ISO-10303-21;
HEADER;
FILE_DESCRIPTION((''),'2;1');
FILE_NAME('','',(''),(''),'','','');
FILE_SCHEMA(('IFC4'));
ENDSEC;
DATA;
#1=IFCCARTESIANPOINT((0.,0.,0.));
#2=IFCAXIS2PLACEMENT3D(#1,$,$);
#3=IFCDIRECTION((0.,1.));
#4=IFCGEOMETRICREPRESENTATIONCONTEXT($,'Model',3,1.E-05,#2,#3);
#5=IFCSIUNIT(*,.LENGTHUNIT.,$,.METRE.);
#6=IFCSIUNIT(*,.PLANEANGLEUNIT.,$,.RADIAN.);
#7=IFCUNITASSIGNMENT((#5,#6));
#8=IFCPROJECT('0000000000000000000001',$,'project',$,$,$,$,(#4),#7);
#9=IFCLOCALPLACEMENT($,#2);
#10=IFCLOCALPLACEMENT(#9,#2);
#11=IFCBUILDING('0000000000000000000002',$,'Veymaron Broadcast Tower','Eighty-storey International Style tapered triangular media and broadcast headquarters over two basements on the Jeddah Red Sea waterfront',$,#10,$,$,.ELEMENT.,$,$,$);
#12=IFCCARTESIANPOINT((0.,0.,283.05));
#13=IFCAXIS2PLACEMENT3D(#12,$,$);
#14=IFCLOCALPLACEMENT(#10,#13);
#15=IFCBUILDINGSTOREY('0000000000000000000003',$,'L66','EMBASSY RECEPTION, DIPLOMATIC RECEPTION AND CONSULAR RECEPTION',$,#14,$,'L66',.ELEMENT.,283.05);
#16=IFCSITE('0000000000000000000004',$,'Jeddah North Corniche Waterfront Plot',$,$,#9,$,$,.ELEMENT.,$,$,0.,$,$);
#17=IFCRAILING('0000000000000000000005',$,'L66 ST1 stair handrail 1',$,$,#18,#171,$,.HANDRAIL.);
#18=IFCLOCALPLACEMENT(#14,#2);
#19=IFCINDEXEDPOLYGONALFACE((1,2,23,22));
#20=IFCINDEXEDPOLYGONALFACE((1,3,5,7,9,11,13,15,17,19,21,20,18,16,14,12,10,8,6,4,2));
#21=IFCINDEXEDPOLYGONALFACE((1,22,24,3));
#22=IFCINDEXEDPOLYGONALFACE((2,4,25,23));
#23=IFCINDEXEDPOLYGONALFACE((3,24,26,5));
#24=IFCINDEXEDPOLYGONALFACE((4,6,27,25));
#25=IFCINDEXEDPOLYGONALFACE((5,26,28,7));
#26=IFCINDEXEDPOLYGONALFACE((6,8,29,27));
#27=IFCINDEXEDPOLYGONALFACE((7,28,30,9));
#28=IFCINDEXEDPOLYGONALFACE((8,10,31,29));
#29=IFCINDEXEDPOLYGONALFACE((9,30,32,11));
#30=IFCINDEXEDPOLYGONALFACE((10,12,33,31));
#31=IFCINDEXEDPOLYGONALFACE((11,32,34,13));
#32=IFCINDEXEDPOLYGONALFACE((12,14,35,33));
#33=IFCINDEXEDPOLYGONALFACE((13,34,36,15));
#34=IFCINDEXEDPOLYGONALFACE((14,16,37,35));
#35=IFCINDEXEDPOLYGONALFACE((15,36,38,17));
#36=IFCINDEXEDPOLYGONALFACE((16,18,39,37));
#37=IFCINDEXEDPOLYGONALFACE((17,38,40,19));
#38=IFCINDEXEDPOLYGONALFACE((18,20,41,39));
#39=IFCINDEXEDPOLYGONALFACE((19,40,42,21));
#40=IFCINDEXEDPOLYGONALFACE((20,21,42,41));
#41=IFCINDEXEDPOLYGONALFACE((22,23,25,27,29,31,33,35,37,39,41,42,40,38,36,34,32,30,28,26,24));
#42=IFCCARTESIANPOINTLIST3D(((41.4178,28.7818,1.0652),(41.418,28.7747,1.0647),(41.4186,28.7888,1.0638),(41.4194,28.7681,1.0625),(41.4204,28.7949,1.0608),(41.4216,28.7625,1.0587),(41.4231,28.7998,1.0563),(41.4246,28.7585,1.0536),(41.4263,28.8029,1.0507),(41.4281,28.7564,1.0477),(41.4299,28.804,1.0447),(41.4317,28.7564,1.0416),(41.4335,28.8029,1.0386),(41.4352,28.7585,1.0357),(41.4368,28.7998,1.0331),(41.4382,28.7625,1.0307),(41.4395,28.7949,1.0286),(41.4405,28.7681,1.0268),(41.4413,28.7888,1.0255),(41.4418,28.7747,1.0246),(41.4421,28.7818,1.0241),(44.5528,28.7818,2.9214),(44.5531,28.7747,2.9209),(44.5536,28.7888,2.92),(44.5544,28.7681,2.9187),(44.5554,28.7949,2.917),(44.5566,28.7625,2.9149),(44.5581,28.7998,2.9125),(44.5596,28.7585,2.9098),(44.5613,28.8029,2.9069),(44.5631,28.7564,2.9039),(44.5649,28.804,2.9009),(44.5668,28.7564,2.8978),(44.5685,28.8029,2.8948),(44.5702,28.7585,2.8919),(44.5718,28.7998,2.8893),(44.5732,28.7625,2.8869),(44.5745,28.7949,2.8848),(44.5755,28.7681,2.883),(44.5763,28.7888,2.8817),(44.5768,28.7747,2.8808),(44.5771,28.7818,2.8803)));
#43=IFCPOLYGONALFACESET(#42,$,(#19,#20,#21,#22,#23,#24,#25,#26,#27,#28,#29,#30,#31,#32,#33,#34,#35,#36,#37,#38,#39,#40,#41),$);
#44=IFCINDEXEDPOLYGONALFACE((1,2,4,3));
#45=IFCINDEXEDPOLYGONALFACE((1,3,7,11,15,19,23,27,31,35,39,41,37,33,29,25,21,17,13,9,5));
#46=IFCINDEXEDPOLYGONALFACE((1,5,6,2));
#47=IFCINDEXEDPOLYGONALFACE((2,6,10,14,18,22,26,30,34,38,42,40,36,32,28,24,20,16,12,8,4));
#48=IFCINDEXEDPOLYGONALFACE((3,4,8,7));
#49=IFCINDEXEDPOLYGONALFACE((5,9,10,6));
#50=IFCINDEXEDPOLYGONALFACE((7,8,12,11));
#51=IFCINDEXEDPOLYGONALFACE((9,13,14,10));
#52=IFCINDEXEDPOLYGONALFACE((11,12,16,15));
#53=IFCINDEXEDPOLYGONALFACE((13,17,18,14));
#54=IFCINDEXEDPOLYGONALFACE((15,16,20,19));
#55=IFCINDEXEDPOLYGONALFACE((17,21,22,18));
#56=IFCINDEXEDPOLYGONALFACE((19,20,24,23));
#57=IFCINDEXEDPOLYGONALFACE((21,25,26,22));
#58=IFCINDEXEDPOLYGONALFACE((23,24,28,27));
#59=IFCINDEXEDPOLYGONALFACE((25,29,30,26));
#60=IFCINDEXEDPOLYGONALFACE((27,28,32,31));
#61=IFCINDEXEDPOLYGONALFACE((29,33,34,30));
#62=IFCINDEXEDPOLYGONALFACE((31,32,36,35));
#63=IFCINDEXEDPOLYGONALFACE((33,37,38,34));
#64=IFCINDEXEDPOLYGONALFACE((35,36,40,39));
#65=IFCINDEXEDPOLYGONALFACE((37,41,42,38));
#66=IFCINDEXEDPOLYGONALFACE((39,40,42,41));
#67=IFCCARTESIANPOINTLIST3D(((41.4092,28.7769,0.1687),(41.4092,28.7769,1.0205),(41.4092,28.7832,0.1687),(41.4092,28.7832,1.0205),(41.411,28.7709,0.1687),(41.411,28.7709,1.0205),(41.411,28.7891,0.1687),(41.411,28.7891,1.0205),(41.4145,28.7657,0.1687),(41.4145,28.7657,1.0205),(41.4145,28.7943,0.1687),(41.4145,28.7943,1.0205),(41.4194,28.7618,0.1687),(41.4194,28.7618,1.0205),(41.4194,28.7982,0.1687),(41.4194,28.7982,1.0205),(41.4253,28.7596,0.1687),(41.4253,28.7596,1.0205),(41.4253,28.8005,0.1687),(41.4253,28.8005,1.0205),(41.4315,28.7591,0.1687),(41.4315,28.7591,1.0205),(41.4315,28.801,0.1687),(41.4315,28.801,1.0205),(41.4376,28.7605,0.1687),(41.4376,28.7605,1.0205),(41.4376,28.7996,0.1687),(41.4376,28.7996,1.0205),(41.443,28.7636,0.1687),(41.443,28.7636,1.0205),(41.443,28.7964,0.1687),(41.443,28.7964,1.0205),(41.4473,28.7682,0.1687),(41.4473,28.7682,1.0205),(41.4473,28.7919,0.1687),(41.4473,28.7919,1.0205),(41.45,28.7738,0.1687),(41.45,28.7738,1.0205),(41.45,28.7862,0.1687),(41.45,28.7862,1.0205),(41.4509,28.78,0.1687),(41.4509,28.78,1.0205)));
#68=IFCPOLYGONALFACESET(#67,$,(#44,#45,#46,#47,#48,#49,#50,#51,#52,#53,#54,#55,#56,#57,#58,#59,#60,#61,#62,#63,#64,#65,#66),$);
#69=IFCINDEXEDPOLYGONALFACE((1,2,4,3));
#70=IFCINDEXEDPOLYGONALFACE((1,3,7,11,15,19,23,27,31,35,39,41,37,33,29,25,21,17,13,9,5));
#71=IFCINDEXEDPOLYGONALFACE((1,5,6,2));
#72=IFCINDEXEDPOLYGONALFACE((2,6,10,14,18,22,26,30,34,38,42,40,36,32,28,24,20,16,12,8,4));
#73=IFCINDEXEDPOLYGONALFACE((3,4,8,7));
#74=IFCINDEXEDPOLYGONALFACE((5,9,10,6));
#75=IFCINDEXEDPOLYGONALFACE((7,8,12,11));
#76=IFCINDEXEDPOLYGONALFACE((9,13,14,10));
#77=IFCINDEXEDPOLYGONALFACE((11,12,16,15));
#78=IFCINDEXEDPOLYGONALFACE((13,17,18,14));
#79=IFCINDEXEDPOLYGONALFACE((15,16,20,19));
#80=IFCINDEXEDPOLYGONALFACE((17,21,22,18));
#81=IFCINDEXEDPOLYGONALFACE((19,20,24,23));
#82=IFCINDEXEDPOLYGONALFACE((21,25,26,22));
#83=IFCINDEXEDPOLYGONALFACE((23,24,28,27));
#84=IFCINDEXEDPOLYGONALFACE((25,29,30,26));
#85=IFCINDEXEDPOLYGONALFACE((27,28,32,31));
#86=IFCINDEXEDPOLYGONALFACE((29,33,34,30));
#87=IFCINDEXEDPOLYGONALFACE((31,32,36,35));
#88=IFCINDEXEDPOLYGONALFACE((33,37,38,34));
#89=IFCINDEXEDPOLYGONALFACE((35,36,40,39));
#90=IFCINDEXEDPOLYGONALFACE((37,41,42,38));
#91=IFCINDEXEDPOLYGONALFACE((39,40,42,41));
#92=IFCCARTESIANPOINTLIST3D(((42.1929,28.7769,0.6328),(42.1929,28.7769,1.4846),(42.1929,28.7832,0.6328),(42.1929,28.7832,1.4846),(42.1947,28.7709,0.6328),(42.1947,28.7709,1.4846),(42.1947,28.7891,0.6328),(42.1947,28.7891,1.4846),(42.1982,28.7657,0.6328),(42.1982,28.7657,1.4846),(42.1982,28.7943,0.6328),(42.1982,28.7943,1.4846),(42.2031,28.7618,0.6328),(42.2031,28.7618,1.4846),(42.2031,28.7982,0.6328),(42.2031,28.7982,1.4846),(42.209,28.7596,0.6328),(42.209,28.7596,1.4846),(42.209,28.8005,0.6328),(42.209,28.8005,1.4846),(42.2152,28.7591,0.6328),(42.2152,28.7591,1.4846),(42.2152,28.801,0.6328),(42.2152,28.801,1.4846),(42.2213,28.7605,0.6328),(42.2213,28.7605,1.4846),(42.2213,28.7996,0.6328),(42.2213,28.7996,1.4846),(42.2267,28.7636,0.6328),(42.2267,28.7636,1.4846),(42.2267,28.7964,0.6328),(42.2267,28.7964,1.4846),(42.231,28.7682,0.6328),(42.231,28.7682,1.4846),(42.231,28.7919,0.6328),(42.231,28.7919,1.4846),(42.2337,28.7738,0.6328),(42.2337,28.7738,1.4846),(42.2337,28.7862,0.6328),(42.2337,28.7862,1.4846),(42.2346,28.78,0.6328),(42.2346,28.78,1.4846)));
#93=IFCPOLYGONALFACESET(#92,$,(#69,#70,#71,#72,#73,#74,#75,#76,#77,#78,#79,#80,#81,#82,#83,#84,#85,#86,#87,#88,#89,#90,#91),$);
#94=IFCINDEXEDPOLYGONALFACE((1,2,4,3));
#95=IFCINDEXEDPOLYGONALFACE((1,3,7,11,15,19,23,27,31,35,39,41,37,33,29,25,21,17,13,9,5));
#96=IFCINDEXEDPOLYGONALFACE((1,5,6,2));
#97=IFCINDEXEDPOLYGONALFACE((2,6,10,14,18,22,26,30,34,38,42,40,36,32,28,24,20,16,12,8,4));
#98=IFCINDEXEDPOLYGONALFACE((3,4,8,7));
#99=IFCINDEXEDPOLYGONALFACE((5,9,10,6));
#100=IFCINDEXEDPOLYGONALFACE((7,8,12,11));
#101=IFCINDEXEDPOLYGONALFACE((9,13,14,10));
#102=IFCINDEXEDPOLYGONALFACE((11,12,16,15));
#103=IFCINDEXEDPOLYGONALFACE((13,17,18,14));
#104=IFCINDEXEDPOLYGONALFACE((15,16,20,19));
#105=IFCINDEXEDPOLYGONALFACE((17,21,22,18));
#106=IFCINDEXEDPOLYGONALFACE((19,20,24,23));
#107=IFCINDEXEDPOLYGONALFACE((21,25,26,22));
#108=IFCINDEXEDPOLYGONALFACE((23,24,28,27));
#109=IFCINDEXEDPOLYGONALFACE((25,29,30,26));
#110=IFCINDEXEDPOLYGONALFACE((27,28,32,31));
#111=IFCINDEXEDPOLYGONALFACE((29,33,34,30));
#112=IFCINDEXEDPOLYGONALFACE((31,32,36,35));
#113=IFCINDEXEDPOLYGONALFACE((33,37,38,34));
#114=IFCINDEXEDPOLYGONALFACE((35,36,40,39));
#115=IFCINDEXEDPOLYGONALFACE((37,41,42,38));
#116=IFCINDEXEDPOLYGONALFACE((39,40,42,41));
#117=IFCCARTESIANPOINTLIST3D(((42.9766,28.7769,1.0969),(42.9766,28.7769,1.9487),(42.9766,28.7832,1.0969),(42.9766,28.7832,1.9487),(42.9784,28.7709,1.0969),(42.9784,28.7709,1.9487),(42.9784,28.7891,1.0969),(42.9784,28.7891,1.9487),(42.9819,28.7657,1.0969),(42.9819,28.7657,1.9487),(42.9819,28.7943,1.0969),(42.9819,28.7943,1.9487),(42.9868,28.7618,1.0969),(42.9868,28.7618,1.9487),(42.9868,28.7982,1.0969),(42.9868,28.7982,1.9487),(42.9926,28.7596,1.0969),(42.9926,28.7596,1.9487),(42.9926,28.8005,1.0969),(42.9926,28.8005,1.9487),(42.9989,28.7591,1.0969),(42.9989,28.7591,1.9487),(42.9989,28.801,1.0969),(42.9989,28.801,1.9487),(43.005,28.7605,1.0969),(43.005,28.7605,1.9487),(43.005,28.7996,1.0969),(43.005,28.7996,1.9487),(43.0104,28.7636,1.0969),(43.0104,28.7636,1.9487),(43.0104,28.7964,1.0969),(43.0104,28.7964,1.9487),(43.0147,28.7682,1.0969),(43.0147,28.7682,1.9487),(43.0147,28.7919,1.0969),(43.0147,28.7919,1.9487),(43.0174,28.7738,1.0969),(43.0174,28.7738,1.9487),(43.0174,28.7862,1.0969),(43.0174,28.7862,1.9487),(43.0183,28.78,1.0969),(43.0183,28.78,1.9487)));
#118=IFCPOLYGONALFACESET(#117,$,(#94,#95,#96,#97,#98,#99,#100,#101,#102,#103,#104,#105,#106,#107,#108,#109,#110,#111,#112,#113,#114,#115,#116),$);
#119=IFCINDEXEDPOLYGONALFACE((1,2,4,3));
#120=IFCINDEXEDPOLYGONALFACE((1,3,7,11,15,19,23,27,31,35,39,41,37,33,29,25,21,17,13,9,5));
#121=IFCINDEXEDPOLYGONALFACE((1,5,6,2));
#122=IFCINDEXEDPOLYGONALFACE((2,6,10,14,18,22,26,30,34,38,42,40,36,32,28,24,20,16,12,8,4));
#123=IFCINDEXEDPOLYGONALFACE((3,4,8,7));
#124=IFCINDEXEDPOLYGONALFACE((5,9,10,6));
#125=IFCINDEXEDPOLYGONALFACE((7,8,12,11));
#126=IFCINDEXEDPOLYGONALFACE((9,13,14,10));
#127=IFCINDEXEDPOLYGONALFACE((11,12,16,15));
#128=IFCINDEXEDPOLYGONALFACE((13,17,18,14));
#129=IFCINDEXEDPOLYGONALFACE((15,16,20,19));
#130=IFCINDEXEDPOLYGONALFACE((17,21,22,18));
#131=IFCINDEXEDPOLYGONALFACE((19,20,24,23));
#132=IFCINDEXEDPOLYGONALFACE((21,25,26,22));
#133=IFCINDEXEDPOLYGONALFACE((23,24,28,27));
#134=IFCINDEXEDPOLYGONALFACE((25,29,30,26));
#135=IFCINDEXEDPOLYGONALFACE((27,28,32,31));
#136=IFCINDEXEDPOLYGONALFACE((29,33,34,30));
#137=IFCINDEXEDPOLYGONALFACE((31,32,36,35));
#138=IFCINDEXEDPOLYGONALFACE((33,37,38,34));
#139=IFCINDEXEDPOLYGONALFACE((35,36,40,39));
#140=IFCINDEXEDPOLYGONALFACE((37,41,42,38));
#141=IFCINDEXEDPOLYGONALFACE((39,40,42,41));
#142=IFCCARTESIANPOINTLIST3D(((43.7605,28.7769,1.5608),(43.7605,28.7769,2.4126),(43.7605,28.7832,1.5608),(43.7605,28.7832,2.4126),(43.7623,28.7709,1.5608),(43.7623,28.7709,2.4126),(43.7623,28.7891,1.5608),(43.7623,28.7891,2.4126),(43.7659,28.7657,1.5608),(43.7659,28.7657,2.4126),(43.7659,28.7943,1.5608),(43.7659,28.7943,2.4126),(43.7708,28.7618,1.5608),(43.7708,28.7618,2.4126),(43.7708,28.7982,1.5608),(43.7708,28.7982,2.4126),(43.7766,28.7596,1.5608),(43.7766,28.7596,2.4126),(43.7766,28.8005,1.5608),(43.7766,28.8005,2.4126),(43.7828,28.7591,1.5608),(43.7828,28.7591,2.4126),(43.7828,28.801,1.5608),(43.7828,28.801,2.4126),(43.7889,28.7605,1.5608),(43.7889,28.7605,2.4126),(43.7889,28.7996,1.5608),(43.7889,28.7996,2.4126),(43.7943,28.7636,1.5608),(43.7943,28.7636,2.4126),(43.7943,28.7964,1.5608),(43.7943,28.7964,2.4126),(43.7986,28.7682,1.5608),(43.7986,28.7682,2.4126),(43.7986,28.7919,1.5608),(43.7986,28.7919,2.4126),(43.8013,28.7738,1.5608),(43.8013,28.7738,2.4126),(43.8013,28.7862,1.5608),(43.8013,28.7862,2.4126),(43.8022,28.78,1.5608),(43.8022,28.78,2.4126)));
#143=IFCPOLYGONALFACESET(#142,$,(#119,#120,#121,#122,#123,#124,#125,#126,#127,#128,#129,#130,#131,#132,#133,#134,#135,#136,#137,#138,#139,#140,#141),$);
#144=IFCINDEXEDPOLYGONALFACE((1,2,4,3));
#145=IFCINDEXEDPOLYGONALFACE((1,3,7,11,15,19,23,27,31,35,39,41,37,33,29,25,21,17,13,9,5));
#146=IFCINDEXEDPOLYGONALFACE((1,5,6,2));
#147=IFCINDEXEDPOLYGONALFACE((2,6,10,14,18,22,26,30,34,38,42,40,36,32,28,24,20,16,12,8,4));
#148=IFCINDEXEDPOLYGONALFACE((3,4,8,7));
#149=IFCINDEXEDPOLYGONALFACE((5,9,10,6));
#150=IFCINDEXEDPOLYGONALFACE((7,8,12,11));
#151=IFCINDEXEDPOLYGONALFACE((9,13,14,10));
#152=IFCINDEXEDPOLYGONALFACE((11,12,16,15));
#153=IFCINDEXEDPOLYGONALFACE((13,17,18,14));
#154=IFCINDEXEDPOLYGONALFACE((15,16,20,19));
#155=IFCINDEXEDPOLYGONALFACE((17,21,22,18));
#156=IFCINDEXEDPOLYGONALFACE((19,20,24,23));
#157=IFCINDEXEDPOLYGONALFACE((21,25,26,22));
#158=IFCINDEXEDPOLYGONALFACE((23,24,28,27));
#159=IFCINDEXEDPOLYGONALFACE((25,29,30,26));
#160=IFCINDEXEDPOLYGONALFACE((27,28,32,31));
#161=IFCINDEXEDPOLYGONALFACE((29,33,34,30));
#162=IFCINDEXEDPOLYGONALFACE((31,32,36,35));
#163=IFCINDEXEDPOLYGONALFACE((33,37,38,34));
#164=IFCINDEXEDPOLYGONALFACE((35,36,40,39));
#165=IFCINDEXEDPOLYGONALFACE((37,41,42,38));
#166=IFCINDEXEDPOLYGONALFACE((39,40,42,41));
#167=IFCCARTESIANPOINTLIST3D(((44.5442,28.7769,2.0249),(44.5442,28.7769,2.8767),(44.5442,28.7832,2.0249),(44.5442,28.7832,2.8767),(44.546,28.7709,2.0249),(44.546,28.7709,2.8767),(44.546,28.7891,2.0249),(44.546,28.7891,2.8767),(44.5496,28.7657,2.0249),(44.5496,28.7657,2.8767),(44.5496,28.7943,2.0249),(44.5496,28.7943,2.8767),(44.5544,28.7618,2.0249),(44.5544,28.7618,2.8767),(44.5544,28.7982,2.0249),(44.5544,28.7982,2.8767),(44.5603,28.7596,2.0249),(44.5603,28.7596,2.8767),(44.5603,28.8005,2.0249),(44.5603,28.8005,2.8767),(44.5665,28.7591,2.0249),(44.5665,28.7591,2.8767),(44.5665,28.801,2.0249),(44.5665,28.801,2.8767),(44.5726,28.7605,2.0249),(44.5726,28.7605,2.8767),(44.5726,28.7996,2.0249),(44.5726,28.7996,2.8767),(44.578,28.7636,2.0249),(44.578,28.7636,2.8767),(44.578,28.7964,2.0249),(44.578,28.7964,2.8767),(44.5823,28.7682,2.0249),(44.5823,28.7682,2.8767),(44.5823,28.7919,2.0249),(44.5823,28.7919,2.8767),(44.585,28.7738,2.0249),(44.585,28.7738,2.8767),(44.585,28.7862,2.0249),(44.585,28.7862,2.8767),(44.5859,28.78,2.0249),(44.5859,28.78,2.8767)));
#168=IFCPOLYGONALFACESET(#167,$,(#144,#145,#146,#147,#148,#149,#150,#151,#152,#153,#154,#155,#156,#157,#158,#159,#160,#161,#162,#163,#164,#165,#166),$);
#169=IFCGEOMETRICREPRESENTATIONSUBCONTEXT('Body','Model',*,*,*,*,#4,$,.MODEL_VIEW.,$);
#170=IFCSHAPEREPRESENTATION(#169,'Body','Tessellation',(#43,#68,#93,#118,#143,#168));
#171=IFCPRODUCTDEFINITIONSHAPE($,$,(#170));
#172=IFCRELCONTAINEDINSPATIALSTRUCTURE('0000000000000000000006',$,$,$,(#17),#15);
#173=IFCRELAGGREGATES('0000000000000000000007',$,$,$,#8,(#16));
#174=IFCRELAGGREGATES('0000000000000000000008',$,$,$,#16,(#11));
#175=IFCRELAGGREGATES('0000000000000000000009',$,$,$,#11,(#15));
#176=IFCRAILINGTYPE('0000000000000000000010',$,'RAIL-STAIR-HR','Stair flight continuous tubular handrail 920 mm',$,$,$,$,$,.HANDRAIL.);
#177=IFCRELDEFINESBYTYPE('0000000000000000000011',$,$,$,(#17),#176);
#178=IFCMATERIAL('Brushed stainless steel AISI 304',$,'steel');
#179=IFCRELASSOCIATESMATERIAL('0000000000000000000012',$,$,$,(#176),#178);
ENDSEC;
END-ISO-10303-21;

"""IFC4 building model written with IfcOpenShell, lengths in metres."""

from ifc_helpers import new_model, si_unit, direction, frame, origin, origin_2d, place, context, subcontext, project, spatial, circle, extrude, material, type_object, element, save


model = new_model("IFC4")

# Units and contexts
model_context = context("Model", 3, precision=1e-05, world=origin(), true_north=direction((0.0, 1.0)))
body_context = subcontext(model_context, "Body", "Model", "MODEL_VIEW")
ifc_project = project(units=[si_unit("LENGTHUNIT", "METRE"), si_unit("PLANEANGLEUNIT", "RADIAN")], contexts=[model_context])

# Site, building, storey
site_placement = place(None, origin())
site = spatial("IfcSite", under=ifc_project, at=site_placement, Name="Jeddah North Corniche Waterfront Plot", CompositionType="ELEMENT", RefElevation=0.0)
building_placement = place(site_placement, origin())
building = spatial("IfcBuilding", under=site, at=building_placement, Name="Veymaron Broadcast Tower", Description="Eighty-storey International Style tapered triangular media and broadcast headquarters over two basements on the Jeddah Red Sea waterfront", CompositionType="ELEMENT")
storey_placement = place(building_placement, frame((0.0, 0.0, 283.05)))
storey = spatial("IfcBuildingStorey", under=building, at=storey_placement, Name="L66", Description="EMBASSY RECEPTION, DIPLOMATIC RECEPTION AND CONSULAR RECEPTION", LongName="L66", CompositionType="ELEMENT", Elevation=283.05)

# Railing
ifc_material_1 = material(Name="Brushed stainless steel AISI 304", Category="steel")
railing_type_1 = type_object("IfcRailingType", Name="RAIL-STAIR-HR", Description="Stair flight continuous tubular handrail 920 mm", PredefinedType="HANDRAIL", material=ifc_material_1)
railing_1_placement = place(storey_placement, frame((41.4299, 28.78, 0.1687)))
element("IfcRailing", 1, at=railing_1_placement, inside=storey, type_object=railing_type_1, Name="L66 ST1 stair handrail 1", PredefinedType="HANDRAIL", context=body_context, shape_type="SweptSolid", body=[
    extrude(circle(Radius=0.0239, at=origin_2d()), frame((0.0, 0.0, 0.876), z_axis=(0.860482, 0.0, 0.509481), x_axis=(0.0, 1.0, 0.0)), (0.0, 0.0, 1.0), 3.6433),
    extrude(circle(Radius=0.021, at=origin_2d()), origin(), (0.0, 0.0, 1.0), 0.8518),
    extrude(circle(Radius=0.021, at=origin_2d()), frame((0.7837, 0.0, 0.4641)), (0.0, 0.0, 1.0), 0.8518),
    extrude(circle(Radius=0.021, at=origin_2d()), frame((1.5674, 0.0, 0.9282)), (0.0, 0.0, 1.0), 0.8518),
    extrude(circle(Radius=0.021, at=origin_2d()), frame((2.3513, 0.0, 1.3921)), (0.0, 0.0, 1.0), 0.8518),
    extrude(circle(Radius=0.021, at=origin_2d()), frame((3.135, 0.0, 1.8562)), (0.0, 0.0, 1.0), 0.8518),
])

save(model, "model.ifc")
